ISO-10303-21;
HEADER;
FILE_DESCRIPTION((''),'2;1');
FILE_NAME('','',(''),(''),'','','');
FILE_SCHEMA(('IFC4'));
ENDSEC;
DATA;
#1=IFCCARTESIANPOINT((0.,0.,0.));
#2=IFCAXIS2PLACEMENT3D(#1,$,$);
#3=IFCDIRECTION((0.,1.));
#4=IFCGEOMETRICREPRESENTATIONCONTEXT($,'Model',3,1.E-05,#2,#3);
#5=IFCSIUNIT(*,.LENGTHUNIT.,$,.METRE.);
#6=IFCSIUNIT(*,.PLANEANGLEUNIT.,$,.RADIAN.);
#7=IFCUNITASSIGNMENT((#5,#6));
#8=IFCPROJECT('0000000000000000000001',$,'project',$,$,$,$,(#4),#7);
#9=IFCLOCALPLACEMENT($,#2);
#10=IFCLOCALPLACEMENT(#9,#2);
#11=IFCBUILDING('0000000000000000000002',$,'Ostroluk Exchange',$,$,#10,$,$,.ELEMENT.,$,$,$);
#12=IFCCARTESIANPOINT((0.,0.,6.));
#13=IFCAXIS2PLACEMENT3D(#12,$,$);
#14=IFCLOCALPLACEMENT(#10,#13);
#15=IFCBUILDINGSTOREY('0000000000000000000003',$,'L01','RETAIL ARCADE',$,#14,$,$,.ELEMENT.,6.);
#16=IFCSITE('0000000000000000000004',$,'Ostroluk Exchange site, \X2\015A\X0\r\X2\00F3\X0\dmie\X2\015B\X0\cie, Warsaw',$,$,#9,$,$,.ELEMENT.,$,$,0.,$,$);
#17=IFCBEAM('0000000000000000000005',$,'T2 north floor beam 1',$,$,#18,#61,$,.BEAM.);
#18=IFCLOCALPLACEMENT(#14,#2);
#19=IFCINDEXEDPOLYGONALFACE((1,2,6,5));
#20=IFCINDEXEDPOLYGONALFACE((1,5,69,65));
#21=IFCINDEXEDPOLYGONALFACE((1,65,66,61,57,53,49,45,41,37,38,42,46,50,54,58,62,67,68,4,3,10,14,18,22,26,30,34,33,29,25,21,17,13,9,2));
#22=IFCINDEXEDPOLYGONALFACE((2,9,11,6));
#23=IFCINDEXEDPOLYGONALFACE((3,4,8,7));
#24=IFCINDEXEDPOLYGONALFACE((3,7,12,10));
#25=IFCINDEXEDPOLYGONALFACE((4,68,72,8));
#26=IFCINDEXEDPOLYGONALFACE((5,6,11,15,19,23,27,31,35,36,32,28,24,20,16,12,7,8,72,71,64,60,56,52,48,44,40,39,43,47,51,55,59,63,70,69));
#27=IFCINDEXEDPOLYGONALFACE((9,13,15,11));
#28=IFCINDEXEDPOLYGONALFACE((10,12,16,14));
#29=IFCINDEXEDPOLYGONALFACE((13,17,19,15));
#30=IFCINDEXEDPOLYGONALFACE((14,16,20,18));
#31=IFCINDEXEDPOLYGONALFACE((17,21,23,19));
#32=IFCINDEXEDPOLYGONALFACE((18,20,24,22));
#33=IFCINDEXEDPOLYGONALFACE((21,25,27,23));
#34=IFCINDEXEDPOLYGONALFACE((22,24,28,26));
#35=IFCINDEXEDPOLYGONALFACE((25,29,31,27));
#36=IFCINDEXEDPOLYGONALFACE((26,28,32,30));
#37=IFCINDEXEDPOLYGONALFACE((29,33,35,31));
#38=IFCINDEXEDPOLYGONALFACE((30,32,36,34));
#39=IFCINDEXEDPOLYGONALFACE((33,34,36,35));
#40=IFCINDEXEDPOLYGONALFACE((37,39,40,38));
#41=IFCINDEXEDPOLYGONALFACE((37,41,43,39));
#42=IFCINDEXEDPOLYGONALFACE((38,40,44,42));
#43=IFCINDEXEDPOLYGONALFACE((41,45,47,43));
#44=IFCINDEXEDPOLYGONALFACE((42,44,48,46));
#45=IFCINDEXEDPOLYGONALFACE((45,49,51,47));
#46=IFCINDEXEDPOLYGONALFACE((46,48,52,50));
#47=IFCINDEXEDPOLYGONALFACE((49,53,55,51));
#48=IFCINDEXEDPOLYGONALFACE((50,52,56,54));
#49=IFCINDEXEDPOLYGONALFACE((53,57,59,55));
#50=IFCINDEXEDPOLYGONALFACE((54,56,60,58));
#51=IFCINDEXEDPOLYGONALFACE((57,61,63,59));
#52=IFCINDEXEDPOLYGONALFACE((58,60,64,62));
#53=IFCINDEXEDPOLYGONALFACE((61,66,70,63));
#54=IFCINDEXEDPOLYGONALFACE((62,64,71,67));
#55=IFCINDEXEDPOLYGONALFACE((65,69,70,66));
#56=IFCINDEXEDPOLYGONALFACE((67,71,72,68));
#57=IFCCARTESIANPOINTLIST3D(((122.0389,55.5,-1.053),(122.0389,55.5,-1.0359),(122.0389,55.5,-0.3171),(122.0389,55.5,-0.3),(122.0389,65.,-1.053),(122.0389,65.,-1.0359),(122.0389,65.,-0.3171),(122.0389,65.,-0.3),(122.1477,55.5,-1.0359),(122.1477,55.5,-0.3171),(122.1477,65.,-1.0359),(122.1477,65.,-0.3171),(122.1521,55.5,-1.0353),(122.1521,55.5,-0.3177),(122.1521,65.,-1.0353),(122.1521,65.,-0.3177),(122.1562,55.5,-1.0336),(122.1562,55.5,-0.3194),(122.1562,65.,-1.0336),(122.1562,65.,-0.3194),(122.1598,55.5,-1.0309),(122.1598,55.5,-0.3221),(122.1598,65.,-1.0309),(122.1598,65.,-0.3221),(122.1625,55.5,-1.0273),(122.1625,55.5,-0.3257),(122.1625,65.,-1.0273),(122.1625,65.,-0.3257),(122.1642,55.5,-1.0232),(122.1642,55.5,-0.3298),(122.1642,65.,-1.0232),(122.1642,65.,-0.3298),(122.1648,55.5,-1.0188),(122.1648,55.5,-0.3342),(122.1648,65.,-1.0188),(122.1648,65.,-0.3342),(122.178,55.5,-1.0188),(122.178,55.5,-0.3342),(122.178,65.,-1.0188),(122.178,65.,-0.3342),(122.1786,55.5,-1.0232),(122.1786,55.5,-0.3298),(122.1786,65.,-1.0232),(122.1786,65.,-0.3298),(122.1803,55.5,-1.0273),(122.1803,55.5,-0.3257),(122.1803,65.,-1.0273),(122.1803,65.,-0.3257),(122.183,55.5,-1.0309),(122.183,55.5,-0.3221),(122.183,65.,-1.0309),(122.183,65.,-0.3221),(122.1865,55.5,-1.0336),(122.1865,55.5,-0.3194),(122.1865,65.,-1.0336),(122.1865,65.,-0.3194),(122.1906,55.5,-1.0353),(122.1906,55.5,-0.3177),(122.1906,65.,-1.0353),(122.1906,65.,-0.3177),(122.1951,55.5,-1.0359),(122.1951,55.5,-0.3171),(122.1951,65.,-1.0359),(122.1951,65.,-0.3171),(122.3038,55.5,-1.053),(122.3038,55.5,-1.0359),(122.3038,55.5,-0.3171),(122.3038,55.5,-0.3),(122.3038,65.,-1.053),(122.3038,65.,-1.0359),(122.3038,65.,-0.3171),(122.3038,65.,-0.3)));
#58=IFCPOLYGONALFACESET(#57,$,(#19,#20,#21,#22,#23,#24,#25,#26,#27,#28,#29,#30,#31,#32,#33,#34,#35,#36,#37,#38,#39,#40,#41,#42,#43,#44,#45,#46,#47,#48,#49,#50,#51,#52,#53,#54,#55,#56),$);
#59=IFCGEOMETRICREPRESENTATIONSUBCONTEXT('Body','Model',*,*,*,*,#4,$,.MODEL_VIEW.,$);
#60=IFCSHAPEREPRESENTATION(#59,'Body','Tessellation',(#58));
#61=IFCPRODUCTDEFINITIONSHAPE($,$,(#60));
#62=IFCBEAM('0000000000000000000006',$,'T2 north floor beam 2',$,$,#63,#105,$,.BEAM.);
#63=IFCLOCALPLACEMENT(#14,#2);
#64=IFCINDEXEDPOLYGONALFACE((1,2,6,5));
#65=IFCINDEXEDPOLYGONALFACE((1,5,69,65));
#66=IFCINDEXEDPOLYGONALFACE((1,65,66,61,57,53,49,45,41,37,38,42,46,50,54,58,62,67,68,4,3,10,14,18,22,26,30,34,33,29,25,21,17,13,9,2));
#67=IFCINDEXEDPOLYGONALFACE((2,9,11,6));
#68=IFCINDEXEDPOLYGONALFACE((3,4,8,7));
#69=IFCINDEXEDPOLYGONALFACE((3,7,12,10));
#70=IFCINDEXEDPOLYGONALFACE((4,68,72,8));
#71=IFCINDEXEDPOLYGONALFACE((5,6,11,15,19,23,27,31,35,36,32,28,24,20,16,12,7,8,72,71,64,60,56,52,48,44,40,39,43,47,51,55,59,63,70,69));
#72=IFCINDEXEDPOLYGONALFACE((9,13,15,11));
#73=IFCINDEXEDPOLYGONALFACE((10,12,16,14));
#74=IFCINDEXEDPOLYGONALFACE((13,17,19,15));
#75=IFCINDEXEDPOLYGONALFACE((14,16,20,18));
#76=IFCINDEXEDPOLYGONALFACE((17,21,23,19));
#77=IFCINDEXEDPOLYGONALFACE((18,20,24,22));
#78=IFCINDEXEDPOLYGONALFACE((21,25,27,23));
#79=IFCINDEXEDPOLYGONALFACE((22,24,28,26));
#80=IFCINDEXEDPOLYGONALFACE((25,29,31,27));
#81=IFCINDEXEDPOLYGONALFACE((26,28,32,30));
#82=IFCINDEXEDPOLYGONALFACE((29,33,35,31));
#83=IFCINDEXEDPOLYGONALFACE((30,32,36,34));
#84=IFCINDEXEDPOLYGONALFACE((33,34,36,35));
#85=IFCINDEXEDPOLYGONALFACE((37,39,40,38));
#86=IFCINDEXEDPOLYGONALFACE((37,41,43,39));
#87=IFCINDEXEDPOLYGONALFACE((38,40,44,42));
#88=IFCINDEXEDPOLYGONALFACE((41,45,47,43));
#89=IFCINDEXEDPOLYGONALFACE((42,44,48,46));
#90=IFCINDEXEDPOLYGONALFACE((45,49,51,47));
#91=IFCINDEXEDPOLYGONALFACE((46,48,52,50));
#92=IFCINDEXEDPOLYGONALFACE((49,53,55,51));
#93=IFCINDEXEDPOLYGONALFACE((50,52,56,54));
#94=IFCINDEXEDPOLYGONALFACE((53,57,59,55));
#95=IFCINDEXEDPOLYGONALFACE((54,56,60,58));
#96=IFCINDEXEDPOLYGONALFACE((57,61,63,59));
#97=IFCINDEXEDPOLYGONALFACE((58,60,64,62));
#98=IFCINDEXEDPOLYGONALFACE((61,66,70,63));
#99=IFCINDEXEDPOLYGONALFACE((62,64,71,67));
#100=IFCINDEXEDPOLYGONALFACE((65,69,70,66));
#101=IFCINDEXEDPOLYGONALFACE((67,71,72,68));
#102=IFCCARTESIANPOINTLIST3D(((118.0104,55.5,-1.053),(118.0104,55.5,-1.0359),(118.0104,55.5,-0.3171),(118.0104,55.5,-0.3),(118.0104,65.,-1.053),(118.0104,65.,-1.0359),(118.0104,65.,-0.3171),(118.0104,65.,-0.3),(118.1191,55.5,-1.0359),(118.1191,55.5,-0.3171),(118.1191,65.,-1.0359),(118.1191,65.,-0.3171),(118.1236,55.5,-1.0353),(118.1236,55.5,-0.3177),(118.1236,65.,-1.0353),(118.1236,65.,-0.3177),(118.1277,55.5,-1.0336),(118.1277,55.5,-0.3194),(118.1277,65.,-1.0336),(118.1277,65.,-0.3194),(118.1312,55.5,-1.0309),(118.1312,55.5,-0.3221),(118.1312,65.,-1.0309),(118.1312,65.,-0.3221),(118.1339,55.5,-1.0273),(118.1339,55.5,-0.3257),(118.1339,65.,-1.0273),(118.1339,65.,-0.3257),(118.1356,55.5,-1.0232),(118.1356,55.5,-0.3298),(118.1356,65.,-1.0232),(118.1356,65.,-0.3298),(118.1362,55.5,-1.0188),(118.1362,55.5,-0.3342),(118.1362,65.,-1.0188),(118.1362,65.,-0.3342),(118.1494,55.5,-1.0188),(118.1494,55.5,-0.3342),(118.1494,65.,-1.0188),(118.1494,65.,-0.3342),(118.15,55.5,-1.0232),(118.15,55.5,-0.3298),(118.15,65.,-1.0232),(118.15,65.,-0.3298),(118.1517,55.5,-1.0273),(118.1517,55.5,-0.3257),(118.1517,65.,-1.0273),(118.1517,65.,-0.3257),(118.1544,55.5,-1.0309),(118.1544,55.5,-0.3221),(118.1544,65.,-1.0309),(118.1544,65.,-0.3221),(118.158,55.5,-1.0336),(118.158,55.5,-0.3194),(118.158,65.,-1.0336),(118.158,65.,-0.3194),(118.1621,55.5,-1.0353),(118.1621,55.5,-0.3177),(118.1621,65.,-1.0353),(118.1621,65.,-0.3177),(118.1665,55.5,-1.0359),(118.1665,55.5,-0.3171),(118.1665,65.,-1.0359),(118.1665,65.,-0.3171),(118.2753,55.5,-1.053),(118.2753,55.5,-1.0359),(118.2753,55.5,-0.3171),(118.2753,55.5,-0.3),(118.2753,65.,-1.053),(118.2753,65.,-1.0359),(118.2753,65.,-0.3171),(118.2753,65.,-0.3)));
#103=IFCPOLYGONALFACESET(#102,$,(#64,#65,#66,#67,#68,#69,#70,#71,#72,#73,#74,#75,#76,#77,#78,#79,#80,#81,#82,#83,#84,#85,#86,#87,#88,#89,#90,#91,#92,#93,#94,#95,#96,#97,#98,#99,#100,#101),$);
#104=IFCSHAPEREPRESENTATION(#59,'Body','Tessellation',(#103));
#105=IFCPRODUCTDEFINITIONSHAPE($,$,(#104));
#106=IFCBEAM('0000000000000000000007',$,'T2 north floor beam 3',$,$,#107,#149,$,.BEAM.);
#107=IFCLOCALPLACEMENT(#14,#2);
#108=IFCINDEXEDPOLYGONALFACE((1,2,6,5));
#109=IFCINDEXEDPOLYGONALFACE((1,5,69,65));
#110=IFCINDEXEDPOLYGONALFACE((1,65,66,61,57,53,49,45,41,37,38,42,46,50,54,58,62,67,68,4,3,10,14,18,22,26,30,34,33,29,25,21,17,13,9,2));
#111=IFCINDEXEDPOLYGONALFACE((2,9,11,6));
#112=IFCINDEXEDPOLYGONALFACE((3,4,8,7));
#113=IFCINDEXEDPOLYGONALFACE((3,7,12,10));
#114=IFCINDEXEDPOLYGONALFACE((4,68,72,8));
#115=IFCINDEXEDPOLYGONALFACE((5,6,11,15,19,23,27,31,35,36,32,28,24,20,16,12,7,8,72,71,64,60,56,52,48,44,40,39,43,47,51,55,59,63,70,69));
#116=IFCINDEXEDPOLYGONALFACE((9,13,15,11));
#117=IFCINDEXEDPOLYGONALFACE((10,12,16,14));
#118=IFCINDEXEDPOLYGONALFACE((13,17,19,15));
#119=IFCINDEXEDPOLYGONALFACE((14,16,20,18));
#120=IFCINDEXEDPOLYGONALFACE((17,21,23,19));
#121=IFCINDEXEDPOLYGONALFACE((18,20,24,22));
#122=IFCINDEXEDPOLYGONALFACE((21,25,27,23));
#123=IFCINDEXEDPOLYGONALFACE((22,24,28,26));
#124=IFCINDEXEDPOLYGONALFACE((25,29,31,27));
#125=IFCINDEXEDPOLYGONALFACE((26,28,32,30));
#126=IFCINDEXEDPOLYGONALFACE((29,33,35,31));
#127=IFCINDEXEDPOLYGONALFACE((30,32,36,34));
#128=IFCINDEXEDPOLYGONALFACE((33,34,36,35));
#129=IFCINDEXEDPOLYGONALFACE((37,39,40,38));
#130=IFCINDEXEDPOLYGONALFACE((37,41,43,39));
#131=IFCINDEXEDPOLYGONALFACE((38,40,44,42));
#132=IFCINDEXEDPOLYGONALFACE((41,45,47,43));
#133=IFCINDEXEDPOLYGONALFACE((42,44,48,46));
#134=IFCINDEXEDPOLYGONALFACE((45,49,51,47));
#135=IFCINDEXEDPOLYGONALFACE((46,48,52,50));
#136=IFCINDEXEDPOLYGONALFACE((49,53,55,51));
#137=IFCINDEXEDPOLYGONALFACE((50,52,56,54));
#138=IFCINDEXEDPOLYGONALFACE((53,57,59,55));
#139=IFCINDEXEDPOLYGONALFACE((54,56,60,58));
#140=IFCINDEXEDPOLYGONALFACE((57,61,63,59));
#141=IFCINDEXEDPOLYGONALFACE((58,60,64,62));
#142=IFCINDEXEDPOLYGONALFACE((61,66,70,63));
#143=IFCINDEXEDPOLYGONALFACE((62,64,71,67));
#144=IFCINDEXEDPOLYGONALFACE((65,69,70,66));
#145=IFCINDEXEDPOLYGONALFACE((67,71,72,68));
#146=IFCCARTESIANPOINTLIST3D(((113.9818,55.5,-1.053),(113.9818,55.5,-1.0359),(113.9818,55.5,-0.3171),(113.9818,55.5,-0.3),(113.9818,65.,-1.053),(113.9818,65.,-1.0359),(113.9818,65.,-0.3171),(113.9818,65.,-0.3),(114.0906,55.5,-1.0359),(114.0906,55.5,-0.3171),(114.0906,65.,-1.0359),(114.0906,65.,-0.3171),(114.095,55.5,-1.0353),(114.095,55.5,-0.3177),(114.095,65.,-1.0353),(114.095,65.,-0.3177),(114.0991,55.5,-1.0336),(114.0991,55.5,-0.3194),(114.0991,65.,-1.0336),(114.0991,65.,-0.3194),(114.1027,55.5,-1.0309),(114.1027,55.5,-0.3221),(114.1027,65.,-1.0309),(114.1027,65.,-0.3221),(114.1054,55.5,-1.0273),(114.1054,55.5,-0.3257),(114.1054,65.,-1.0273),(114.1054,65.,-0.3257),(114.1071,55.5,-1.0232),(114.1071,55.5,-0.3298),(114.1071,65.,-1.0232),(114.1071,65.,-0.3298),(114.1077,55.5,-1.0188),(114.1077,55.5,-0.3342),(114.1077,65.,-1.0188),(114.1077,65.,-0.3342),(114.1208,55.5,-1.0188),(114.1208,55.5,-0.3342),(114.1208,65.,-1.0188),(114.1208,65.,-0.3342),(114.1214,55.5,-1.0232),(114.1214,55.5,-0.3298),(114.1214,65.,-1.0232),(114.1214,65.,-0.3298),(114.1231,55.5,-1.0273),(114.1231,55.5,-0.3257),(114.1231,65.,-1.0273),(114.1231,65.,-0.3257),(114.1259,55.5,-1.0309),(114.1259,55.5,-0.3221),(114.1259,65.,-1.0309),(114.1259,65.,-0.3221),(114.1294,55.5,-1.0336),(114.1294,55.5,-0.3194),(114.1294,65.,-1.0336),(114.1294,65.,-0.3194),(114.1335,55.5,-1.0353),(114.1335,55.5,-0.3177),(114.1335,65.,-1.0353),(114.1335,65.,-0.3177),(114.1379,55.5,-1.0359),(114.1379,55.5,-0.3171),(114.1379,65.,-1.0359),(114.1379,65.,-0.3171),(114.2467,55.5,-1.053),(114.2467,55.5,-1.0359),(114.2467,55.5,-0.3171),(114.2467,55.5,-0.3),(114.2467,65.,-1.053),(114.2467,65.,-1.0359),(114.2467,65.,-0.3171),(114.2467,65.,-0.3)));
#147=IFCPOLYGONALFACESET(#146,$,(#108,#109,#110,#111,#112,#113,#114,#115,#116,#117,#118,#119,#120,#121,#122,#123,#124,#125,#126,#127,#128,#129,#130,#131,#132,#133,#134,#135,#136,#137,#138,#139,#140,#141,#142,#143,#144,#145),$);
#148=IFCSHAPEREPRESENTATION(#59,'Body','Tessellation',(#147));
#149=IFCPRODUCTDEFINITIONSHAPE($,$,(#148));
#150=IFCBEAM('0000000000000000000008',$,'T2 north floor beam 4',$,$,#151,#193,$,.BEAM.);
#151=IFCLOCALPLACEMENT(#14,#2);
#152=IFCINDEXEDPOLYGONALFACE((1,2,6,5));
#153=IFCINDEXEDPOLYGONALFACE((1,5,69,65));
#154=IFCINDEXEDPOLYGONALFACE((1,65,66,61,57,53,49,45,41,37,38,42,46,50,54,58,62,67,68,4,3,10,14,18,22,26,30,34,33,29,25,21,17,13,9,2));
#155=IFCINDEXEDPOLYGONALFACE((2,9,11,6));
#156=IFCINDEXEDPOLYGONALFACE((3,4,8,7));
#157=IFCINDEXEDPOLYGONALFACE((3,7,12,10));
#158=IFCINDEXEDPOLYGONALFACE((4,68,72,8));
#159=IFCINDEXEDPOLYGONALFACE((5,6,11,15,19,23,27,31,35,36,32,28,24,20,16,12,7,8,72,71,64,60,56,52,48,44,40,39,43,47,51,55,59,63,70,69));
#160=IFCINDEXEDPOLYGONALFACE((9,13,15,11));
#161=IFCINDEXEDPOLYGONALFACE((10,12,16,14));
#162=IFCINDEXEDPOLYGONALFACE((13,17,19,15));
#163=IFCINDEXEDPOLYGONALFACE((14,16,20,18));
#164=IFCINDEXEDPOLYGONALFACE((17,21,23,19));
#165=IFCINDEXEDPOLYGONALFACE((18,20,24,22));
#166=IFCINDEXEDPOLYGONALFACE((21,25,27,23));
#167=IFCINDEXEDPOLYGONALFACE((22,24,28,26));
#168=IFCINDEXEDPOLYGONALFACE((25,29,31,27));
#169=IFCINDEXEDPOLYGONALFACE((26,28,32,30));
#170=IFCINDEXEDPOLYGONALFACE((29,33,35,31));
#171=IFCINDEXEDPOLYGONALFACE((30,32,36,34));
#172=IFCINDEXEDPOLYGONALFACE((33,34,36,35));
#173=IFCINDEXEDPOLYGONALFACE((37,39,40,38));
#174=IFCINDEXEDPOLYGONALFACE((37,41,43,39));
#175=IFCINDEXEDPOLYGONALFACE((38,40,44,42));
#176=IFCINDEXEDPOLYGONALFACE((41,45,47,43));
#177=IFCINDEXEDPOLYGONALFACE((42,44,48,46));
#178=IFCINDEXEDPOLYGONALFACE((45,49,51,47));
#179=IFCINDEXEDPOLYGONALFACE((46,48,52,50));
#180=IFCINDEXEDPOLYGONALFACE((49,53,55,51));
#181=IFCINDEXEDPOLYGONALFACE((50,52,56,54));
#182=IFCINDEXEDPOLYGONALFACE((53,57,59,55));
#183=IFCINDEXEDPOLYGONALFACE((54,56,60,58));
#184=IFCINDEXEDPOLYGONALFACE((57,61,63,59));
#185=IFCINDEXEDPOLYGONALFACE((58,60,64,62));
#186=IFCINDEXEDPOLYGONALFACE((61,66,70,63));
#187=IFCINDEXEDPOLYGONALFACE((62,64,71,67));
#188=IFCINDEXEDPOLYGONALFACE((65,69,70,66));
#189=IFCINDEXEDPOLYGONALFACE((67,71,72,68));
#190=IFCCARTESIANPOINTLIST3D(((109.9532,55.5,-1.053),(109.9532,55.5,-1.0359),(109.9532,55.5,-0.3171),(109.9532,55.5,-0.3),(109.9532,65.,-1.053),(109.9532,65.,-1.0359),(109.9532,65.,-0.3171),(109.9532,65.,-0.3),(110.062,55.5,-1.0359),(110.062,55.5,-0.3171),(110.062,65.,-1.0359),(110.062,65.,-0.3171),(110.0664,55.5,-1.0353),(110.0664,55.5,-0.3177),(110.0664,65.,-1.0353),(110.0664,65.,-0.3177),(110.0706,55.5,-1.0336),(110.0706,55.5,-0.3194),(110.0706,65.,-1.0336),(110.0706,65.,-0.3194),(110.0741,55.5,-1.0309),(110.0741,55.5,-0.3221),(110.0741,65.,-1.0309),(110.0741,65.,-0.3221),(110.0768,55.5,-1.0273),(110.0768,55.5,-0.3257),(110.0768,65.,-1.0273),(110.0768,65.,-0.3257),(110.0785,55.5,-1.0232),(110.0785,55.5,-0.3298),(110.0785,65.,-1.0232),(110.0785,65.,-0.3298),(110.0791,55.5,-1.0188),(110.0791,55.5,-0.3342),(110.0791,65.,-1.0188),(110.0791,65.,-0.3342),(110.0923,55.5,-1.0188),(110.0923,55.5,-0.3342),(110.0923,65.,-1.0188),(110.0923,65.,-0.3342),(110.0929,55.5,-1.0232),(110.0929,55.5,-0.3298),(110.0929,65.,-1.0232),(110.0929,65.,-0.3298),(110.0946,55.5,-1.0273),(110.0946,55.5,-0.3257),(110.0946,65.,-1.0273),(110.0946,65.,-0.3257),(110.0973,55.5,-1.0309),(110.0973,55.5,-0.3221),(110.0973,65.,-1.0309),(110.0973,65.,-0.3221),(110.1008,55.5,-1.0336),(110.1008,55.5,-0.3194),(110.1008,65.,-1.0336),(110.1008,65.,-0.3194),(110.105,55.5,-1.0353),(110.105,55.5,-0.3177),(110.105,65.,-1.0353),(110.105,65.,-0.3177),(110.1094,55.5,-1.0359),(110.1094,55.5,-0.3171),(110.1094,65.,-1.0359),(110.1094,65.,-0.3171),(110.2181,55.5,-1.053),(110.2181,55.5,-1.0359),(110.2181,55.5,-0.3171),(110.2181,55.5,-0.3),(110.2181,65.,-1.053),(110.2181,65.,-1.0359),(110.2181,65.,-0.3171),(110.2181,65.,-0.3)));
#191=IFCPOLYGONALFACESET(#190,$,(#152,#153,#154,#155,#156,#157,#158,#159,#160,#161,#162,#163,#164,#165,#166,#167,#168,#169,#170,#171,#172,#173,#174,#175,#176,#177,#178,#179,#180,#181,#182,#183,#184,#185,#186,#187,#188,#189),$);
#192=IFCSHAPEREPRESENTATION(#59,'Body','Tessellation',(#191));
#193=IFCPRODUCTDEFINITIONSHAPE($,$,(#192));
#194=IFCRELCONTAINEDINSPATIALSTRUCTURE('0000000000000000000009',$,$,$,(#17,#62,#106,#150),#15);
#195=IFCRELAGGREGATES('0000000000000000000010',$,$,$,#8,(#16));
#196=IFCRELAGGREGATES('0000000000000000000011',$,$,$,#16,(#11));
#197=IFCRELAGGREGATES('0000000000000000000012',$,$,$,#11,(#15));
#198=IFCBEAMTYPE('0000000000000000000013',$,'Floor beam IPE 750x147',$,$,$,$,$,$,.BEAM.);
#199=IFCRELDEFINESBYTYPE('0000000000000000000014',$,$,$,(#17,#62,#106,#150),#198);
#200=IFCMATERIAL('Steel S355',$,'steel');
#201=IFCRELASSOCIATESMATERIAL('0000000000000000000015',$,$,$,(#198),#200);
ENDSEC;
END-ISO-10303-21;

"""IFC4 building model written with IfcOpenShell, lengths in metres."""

from ifc_helpers import new_model, si_unit, direction, frame, origin, origin_2d, place, context, subcontext, project, spatial, i_section, extrude, material, material_profile, profile_set, type_object, element, save


model = new_model("IFC4")

# Units and contexts
model_context = context("Model", 3, precision=1e-05, world=origin(), true_north=direction((0.0, 1.0)))
body_context = subcontext(model_context, "Body", "Model", "MODEL_VIEW")
ifc_project = project(units=[si_unit("LENGTHUNIT", "METRE"), si_unit("PLANEANGLEUNIT", "RADIAN")], contexts=[model_context])

# Site, building, storey
site_placement = place(None, origin())
site = spatial("IfcSite", under=ifc_project, at=site_placement, Name="Ostroluk Exchange site, Śródmieście, Warsaw", CompositionType="ELEMENT", RefElevation=0.0)
building_placement = place(site_placement, origin())
building = spatial("IfcBuilding", under=site, at=building_placement, Name="Ostroluk Exchange", CompositionType="ELEMENT")
storey_placement = place(building_placement, frame((0.0, 0.0, 6.0)))
storey = spatial("IfcBuildingStorey", under=building, at=storey_placement, Name="L01", Description="RETAIL ARCADE", CompositionType="ELEMENT", Elevation=6.0)

# Beams
ifc_material_1 = material(Name="Steel S355", Category="steel")
ifc_material_profile_1 = material_profile(ifc_material_1, i_section(OverallWidth=0.2649, OverallDepth=0.7529, WebThickness=0.0132, FlangeThickness=0.0171, FilletRadius=0.0171, at=origin_2d()), Name="IPE 750x147")
ifc_profile_set_1 = profile_set([ifc_material_profile_1], Name="Steel S355")
beam_type_1 = type_object("IfcBeamType", Name="Floor beam IPE 750x147", PredefinedType="BEAM", material=ifc_profile_set_1)
for number, where, z_axis, x_axis, name in (
    (1, (122.1714, 55.5, -0.6765), (0.0, 1.0, 0.0), (-1.0, 0.0, 0.0), "T2 north floor beam 1"),
    (2, (118.1428, 55.5, -0.6765), (0.0, 1.0, 0.0), (-1.0, 0.0, 0.0), "T2 north floor beam 2"),
    (3, (114.1143, 55.5, -0.6765), (0.0, 1.0, 0.0), (-1.0, 0.0, 0.0), "T2 north floor beam 3"),
    (4, (110.0857, 55.5, -0.6765), (0.0, 1.0, 0.0), (-1.0, 0.0, 0.0), "T2 north floor beam 4"),
):
    element("IfcBeam", number, at=place(storey_placement, frame(where, z_axis=z_axis, x_axis=x_axis)), inside=storey, type_object=beam_type_1, Name=name, PredefinedType="BEAM", context=body_context, shape_type="SweptSolid", body=[
        extrude(i_section(OverallWidth=0.2649, OverallDepth=0.7529, WebThickness=0.0132, FlangeThickness=0.0171, FilletRadius=0.0171, at=origin_2d()), origin(), (0.0, 0.0, 1.0), 9.5),
    ])

save(model, "model.ifc")
